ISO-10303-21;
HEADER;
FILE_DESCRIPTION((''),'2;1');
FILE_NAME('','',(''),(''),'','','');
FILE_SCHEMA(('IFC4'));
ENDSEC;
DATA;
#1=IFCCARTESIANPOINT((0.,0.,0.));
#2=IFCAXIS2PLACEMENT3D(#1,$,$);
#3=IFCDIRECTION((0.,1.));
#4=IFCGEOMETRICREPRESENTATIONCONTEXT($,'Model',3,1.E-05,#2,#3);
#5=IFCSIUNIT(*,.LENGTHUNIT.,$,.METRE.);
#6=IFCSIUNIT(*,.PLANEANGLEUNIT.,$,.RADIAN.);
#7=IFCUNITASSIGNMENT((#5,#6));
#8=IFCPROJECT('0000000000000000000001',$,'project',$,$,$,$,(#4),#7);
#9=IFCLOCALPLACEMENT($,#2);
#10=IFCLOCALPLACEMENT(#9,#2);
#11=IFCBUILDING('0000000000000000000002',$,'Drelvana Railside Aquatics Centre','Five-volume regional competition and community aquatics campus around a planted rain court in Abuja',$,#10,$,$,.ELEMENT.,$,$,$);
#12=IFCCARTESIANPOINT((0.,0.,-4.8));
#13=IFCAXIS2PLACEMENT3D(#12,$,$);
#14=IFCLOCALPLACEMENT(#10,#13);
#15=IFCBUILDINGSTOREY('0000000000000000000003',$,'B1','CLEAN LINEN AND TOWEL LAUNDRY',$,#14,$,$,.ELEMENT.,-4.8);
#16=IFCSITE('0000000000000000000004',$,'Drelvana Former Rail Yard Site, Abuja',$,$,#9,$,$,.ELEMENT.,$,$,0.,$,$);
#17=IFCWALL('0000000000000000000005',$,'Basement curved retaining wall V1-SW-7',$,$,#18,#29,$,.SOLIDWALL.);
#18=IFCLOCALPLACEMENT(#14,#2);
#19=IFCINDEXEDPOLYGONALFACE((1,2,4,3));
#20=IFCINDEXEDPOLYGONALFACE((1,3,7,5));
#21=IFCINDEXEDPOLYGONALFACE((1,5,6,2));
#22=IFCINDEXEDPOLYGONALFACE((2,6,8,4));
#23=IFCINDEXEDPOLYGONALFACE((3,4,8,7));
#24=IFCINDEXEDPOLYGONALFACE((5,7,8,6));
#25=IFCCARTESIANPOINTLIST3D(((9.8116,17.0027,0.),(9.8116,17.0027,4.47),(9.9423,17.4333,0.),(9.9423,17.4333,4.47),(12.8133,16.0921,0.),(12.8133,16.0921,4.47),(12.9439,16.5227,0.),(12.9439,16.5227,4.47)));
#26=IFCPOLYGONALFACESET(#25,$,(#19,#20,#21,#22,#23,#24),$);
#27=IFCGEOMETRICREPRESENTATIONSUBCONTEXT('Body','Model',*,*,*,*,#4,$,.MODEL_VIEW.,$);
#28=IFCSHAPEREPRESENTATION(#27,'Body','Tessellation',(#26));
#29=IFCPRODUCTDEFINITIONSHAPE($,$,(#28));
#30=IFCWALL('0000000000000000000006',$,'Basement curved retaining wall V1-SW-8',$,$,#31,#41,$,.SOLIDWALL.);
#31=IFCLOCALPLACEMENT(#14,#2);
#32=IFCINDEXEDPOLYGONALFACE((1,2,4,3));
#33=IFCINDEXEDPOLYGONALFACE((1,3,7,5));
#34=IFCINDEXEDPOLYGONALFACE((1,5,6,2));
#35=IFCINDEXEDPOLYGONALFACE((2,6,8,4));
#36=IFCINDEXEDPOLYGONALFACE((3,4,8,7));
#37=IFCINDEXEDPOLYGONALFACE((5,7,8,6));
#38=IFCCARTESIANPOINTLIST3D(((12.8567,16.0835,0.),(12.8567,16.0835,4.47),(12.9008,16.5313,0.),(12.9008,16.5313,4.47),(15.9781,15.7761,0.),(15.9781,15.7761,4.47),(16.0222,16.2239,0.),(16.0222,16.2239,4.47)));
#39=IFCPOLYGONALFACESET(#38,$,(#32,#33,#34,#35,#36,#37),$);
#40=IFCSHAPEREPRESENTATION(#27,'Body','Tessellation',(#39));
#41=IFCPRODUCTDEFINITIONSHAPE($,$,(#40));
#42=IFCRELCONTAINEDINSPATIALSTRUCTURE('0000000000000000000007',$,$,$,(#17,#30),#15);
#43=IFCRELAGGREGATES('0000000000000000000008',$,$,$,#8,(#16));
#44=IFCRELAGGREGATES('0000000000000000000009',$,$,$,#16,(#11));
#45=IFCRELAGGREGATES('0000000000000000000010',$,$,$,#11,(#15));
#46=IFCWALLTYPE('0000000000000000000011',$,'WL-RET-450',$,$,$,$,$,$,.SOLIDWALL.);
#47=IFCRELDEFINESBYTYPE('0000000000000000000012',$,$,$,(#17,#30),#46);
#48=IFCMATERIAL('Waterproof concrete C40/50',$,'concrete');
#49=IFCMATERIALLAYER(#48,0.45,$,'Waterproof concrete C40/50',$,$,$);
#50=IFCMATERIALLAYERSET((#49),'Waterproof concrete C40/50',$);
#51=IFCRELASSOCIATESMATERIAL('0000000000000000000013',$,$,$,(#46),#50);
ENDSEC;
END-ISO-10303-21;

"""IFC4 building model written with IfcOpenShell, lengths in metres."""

from ifc_helpers import new_model, si_unit, direction, frame, frame_2d, origin, place, context, subcontext, project, spatial, rectangle, extrude, material, layer, layer_set, type_object, element, save


model = new_model("IFC4")

# Units and contexts
model_context = context("Model", 3, precision=1e-05, world=origin(), true_north=direction((0.0, 1.0)))
body_context = subcontext(model_context, "Body", "Model", "MODEL_VIEW")
ifc_project = project(units=[si_unit("LENGTHUNIT", "METRE"), si_unit("PLANEANGLEUNIT", "RADIAN")], contexts=[model_context])

# Site, building, storey
site_placement = place(None, origin())
site = spatial("IfcSite", under=ifc_project, at=site_placement, Name="Drelvana Former Rail Yard Site, Abuja", CompositionType="ELEMENT", RefElevation=0.0)
building_placement = place(site_placement, origin())
building = spatial("IfcBuilding", under=site, at=building_placement, Name="Drelvana Railside Aquatics Centre", Description="Five-volume regional competition and community aquatics campus around a planted rain court in Abuja", CompositionType="ELEMENT")
storey_placement = place(building_placement, frame((0.0, 0.0, -4.8)))
storey = spatial("IfcBuildingStorey", under=building, at=storey_placement, Name="B1", Description="CLEAN LINEN AND TOWEL LAUNDRY", CompositionType="ELEMENT", Elevation=-4.8)

# Shared definitions
ifc_material_1 = material(Name="Waterproof concrete C40/50", Category="concrete")

# Walls
ifc_layer_1 = layer(ifc_material_1, 0.45, Name="Waterproof concrete C40/50")
ifc_layer_set_1 = layer_set([ifc_layer_1], Name="Waterproof concrete C40/50")
wall_type = type_object("IfcWallType", Name="WL-RET-450", PredefinedType="SOLIDWALL", material=ifc_layer_set_1)
wall_1_placement = place(storey_placement, frame((9.877, 17.218, 0.0), z_axis=(0.0, 0.0, 1.0), x_axis=(0.956933, -0.29031, 0.0)))
element("IfcWall", 1, at=wall_1_placement, inside=storey, type_object=wall_type, Name="Basement curved retaining wall V1-SW-7", PredefinedType="SOLIDWALL", context=body_context, shape_type="SweptSolid", body=[
    extrude(rectangle(XDim=3.1367, YDim=0.45, at=frame_2d((1.5684, 0.0))), origin(), (0.0, 0.0, 1.0), 4.47),
])
wall_2_placement = place(storey_placement, frame((12.8787, 16.3074, 0.0), z_axis=(0.0, 0.0, 1.0), x_axis=(0.995186, -0.098001, 0.0)))
element("IfcWall", 2, at=wall_2_placement, inside=storey, type_object=wall_type, Name="Basement curved retaining wall V1-SW-8", PredefinedType="SOLIDWALL", context=body_context, shape_type="SweptSolid", body=[
    extrude(rectangle(XDim=3.1365, YDim=0.45, at=frame_2d((1.5684, 0.0))), origin(), (0.0, 0.0, 1.0), 4.47),
])

save(model, "model.ifc")
